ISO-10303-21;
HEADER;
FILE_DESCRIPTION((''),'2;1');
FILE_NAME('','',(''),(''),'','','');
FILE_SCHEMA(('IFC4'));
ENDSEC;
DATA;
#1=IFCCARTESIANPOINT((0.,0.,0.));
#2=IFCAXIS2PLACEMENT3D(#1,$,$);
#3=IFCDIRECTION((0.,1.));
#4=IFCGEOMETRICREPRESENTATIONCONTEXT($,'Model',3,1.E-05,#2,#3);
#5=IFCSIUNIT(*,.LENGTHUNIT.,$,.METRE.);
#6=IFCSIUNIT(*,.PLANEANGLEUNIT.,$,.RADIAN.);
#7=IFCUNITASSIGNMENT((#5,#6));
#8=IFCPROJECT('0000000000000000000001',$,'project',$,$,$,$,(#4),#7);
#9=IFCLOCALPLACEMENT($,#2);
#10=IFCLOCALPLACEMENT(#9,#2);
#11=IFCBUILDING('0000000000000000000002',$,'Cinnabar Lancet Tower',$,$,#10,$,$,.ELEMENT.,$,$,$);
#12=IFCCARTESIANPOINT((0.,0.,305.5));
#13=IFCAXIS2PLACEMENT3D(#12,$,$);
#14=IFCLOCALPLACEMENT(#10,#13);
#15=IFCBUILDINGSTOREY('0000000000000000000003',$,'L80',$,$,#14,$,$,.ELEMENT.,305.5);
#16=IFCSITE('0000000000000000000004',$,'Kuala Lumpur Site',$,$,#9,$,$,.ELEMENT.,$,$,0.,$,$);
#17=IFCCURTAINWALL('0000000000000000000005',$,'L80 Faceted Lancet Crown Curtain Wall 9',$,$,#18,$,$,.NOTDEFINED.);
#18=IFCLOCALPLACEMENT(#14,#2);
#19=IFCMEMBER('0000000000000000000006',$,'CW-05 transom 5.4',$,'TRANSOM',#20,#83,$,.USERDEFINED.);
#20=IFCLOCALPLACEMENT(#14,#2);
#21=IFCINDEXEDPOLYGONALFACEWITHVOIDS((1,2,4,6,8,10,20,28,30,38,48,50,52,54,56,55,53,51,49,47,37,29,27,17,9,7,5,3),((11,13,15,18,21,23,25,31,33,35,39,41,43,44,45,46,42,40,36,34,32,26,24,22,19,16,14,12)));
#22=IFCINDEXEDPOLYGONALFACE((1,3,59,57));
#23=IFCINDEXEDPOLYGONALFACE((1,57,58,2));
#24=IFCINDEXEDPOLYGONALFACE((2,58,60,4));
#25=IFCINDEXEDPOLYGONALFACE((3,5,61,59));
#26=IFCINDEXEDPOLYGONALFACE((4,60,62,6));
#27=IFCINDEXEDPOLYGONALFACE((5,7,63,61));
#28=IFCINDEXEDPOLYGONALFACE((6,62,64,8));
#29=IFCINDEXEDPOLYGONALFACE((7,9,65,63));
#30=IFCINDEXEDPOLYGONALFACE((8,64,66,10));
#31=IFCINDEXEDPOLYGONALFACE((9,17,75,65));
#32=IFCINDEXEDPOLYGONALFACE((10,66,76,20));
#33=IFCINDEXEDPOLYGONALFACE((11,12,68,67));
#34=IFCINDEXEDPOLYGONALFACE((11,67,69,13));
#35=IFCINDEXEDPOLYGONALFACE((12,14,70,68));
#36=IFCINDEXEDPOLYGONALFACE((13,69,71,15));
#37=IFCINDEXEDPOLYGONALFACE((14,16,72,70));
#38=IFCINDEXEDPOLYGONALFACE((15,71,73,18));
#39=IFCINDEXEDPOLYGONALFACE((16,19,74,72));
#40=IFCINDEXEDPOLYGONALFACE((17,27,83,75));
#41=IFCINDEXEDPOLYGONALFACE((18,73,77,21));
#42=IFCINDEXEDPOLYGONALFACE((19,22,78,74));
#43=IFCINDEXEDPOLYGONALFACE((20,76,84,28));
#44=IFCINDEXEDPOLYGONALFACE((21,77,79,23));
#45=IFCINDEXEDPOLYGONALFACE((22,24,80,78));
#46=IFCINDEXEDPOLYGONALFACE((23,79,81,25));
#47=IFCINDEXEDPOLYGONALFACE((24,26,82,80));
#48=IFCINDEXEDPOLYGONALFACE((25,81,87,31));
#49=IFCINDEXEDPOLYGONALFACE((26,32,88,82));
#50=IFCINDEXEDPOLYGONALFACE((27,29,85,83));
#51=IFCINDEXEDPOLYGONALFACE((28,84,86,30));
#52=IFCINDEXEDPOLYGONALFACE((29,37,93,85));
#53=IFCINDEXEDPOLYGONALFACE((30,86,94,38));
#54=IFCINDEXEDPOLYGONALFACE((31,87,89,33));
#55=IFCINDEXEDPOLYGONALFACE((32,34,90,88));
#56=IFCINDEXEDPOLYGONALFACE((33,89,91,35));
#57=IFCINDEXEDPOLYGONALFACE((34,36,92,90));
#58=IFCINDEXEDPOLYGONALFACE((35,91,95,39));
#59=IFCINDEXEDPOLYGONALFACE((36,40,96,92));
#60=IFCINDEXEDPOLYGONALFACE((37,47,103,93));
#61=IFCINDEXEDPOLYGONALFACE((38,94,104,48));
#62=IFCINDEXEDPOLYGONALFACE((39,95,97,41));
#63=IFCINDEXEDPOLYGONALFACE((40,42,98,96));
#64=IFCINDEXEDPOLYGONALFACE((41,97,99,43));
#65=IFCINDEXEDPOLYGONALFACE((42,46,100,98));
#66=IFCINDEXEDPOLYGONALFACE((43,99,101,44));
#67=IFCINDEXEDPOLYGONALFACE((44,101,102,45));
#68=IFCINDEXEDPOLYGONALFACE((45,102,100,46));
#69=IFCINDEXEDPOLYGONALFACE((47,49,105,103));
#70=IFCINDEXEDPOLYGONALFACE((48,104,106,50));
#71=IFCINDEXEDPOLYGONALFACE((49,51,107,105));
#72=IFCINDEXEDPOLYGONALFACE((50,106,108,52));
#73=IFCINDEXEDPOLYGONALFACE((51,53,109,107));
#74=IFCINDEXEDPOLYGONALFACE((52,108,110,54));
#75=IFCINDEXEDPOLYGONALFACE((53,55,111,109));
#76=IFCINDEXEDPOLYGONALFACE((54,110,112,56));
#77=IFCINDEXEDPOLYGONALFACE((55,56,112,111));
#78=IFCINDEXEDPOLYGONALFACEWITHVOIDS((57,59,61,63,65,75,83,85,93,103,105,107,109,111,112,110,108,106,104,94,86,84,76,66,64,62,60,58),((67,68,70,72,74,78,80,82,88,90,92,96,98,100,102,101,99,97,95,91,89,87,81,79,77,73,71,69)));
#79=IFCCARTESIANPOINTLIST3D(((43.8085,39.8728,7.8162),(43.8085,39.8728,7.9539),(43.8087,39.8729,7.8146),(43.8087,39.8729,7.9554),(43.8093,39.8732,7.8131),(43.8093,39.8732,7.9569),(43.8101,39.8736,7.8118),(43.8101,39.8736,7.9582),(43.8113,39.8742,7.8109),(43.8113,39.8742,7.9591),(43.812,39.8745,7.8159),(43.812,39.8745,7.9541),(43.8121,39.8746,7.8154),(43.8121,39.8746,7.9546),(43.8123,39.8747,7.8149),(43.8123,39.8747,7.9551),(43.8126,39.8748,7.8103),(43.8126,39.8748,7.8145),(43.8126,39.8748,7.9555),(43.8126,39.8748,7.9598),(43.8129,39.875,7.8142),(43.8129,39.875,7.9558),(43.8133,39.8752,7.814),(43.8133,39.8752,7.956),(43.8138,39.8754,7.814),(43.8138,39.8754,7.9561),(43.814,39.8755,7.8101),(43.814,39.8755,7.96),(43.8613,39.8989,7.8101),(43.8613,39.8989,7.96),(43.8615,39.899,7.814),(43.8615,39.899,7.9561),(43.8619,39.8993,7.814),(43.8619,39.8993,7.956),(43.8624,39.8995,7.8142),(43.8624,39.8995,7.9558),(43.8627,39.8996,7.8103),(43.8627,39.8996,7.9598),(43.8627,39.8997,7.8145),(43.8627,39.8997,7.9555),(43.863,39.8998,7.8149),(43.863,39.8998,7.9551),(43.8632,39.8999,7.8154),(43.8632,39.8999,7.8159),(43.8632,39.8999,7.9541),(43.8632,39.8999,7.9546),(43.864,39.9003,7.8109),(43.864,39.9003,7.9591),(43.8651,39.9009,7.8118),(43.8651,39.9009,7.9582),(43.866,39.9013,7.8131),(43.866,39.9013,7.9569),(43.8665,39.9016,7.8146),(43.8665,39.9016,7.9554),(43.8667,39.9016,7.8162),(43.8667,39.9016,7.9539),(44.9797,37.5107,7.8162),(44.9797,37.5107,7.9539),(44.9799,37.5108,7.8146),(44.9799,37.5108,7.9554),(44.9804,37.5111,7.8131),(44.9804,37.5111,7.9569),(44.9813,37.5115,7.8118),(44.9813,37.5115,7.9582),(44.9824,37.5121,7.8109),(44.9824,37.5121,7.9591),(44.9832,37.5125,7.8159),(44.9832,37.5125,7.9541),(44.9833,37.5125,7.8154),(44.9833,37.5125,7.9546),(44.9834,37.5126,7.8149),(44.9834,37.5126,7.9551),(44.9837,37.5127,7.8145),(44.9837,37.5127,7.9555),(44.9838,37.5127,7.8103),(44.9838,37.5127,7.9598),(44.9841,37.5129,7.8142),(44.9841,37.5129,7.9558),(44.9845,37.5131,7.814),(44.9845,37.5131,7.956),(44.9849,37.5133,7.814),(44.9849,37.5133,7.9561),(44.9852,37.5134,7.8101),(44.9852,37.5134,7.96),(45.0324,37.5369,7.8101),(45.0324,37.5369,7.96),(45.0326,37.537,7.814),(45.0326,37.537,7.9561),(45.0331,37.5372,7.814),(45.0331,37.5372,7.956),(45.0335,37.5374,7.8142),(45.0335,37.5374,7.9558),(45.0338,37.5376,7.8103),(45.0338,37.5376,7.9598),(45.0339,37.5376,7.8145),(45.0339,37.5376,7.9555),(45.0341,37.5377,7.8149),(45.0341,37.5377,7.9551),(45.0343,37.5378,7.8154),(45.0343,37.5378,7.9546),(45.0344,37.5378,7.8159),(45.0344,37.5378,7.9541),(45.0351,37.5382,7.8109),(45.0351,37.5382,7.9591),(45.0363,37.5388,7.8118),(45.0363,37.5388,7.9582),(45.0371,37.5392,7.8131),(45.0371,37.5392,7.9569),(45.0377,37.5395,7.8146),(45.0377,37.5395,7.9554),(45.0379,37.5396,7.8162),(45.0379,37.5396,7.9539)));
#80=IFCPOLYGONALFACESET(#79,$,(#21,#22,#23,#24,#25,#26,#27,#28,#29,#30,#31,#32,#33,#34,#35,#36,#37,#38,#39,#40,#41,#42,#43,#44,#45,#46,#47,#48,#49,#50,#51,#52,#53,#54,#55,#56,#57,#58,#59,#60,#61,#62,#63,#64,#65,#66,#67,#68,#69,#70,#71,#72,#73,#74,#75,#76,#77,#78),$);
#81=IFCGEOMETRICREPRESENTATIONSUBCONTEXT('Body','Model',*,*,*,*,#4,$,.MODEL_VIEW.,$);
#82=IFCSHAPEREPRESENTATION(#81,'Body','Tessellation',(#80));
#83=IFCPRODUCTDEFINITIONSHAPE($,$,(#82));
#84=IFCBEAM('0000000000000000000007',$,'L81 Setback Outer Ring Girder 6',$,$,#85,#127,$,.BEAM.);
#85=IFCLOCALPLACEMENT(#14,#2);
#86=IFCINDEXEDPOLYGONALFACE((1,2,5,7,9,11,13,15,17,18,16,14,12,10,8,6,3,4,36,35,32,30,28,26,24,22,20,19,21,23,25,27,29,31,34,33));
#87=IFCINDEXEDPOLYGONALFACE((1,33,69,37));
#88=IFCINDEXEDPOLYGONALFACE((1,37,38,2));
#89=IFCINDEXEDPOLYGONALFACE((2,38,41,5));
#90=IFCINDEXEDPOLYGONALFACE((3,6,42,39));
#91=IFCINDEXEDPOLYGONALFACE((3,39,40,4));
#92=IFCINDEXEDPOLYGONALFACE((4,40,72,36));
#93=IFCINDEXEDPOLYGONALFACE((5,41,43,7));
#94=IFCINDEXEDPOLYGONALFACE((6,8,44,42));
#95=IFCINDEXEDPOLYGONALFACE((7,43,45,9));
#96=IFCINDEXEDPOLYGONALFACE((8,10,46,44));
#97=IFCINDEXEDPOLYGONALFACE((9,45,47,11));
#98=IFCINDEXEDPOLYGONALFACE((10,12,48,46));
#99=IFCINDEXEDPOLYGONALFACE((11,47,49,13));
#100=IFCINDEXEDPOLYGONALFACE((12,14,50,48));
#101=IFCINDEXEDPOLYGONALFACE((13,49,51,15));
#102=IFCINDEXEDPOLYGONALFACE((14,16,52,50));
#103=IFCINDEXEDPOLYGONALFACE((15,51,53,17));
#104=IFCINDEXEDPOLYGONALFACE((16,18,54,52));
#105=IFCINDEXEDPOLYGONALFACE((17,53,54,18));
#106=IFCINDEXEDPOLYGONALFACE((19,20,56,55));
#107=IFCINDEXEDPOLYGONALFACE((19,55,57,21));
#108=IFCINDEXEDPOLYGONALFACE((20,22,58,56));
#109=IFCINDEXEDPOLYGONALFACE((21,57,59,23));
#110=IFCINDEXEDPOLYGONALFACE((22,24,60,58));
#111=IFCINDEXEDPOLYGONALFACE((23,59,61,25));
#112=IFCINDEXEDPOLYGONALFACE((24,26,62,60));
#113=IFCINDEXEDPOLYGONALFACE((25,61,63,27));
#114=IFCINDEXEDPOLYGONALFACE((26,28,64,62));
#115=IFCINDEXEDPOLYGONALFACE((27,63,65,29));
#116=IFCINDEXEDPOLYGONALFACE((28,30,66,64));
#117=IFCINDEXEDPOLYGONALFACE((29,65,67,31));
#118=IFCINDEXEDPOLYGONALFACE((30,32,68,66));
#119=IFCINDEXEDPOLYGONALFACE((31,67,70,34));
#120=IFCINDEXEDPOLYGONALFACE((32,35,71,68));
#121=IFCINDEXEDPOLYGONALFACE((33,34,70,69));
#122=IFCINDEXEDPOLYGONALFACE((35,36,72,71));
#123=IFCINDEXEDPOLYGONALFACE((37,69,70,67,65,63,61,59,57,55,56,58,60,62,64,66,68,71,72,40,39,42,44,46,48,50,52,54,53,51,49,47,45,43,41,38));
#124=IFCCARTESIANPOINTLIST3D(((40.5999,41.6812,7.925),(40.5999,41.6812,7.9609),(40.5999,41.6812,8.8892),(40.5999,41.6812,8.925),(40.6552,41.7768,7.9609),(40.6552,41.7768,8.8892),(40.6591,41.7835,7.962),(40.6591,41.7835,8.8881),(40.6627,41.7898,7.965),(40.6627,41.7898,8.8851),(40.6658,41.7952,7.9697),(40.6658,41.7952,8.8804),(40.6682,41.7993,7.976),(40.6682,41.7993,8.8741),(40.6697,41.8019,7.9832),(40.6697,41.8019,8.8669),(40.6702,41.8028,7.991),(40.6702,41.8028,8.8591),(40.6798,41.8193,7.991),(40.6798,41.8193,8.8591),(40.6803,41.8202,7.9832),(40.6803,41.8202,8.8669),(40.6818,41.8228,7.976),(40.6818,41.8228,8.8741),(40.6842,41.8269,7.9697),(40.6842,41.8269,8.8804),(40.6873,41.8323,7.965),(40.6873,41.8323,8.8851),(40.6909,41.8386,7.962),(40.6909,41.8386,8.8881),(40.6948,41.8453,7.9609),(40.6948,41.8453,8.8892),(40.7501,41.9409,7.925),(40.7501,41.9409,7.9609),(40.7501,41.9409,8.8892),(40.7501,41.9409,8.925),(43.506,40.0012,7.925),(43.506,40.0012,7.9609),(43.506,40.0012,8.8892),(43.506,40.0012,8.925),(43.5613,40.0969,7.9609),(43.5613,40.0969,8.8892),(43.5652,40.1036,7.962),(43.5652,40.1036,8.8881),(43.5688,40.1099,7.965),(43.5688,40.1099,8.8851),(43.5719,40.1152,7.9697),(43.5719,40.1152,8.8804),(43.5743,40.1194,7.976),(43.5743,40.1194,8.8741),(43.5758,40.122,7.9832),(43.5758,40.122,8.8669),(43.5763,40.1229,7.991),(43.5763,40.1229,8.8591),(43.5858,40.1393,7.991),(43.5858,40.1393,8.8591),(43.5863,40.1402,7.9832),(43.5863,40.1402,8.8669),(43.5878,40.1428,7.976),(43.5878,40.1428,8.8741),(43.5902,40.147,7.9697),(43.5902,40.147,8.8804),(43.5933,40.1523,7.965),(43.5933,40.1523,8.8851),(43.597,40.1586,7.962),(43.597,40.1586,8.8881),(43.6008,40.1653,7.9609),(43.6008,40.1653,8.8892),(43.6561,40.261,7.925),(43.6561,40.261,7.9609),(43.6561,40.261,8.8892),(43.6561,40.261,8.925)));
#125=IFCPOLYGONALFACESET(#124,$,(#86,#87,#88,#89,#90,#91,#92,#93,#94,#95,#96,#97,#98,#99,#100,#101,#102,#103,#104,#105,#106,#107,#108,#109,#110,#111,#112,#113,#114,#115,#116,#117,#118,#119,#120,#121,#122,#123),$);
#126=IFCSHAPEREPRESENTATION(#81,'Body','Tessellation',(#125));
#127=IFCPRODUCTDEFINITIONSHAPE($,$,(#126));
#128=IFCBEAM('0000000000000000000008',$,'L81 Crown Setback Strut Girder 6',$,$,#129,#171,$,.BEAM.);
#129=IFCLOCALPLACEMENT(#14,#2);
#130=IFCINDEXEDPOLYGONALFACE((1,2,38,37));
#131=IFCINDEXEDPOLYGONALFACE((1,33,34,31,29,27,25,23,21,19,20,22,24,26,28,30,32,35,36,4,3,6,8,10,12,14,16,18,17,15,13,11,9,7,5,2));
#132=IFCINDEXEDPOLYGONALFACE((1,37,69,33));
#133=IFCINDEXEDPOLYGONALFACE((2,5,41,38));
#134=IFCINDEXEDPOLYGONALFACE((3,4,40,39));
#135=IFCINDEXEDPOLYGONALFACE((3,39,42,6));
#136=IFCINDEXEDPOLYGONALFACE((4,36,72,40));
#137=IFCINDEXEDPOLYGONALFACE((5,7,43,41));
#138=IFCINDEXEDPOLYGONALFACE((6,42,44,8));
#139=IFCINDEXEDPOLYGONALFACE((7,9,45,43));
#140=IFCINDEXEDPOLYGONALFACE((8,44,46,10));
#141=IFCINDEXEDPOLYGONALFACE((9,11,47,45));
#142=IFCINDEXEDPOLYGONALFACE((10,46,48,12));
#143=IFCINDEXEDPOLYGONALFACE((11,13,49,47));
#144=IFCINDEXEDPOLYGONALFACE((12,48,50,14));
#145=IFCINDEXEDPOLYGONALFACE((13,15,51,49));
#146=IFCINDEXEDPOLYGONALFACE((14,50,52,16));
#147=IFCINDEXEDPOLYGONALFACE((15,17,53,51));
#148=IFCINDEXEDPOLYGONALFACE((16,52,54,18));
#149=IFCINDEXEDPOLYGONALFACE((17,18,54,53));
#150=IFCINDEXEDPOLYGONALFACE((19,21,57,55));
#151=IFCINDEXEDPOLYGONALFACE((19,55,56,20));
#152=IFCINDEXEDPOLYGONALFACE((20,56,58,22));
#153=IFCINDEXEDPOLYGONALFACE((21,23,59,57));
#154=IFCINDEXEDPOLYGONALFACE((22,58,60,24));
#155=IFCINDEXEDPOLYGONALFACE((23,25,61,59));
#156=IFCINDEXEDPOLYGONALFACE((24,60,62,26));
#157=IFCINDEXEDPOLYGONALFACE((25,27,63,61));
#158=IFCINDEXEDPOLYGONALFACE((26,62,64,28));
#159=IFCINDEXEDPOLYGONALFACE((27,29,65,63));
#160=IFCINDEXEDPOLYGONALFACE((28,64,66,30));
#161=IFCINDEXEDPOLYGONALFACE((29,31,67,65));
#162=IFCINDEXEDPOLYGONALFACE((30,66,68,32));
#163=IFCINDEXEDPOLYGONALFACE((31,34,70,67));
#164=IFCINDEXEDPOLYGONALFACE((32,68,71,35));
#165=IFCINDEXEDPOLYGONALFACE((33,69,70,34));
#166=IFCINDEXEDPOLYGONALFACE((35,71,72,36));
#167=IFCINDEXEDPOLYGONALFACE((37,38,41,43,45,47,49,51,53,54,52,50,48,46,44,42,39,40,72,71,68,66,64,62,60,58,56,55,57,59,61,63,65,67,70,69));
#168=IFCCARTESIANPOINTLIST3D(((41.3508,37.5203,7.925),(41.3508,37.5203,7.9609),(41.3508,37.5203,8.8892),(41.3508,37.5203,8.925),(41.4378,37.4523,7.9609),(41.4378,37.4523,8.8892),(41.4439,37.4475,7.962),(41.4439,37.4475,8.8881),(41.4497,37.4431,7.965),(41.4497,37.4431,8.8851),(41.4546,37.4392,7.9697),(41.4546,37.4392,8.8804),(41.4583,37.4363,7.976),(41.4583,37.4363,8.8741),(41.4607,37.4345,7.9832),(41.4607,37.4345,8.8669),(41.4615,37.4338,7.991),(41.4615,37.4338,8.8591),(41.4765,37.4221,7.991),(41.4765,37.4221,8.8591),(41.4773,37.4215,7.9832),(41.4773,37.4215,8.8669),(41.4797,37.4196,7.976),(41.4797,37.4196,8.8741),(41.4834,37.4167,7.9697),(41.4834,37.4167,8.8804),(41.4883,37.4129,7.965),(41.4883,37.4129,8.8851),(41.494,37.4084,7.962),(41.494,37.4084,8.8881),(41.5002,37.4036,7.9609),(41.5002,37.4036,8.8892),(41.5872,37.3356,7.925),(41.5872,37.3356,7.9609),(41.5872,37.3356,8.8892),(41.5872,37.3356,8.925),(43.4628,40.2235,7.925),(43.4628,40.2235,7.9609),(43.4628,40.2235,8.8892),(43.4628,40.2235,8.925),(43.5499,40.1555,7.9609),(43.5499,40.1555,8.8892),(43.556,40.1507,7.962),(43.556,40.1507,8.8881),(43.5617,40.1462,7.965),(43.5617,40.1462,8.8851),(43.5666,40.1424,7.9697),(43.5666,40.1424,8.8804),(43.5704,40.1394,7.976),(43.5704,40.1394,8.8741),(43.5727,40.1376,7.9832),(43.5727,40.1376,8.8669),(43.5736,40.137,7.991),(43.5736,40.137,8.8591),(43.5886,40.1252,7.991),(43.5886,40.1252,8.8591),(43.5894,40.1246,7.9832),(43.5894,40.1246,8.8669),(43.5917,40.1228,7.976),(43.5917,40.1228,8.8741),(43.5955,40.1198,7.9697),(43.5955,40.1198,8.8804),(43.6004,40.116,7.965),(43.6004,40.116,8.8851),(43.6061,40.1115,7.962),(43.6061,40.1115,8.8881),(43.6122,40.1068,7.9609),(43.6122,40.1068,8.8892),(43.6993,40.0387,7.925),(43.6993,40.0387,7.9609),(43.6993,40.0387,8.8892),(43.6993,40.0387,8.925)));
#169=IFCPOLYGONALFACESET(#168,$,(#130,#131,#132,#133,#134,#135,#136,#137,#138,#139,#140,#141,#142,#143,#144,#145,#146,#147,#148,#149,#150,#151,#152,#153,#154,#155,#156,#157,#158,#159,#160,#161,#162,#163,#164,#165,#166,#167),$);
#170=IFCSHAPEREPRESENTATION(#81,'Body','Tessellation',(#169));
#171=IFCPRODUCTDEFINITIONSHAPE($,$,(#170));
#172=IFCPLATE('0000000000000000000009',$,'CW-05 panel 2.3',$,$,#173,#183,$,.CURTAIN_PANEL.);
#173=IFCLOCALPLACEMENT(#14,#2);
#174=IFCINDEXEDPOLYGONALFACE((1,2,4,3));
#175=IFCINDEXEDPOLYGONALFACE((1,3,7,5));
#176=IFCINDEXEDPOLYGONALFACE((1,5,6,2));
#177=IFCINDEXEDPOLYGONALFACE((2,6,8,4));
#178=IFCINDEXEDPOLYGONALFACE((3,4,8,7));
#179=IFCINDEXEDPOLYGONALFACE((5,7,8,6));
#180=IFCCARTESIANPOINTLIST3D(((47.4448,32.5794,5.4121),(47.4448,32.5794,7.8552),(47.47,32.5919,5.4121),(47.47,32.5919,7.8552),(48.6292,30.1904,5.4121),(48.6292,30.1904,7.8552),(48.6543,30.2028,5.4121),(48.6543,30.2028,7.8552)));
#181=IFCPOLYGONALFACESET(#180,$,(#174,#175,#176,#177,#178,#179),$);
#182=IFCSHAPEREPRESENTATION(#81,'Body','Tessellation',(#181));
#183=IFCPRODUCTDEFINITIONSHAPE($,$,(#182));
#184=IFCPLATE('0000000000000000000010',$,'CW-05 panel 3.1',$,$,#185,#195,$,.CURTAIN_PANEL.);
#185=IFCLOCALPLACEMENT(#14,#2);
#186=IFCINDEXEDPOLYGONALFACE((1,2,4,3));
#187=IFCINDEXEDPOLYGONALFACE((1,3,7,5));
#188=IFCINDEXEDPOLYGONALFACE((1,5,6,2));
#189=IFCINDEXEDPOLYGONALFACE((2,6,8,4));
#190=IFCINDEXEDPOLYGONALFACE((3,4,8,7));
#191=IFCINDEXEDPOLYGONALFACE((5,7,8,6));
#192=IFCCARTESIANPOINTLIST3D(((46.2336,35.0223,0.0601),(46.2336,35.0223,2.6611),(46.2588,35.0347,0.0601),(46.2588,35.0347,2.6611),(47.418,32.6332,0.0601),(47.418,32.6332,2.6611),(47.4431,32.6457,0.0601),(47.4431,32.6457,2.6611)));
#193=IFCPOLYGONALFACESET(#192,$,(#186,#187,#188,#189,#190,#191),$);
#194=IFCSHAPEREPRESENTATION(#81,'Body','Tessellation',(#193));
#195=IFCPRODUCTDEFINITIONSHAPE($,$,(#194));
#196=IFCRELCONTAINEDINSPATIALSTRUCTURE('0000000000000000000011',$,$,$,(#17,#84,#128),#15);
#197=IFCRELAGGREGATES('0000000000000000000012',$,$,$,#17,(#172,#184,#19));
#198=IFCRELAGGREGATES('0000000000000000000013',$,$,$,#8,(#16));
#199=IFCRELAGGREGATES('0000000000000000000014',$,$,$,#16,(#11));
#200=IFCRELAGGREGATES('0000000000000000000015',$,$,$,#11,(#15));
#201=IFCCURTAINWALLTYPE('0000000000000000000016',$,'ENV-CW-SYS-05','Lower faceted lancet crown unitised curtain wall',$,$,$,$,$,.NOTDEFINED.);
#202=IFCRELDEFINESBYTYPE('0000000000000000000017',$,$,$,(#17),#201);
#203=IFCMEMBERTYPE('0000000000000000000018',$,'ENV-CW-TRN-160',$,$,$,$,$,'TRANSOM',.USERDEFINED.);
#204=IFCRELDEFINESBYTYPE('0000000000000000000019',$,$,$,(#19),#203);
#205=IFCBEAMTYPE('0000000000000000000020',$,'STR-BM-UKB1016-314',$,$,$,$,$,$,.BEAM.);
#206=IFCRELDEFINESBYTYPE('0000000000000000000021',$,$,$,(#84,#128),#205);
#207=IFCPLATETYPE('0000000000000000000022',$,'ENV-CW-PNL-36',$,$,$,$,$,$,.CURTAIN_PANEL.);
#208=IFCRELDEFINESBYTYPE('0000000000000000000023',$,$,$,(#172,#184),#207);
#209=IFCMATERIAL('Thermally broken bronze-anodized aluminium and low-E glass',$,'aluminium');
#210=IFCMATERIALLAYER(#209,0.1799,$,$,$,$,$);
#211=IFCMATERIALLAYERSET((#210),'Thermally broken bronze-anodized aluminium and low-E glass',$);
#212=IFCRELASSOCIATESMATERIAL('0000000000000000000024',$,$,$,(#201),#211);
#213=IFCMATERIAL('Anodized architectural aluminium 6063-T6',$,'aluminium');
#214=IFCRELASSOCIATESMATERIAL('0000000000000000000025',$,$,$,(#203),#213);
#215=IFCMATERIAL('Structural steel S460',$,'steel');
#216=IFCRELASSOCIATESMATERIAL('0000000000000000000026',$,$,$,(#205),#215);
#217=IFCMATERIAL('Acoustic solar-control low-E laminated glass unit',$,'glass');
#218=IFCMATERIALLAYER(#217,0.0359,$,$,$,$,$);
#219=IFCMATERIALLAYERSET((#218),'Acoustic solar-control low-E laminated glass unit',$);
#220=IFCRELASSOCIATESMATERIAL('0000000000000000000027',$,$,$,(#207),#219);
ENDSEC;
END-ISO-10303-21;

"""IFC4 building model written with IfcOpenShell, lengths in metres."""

from ifc_helpers import new_model, si_unit, direction, frame, origin, origin_2d, place, context, subcontext, project, spatial, rectangle, hollow_rectangle, i_section, extrude, material, layer, layer_set, material_profile, profile_set, type_object, element, aggregate, save


model = new_model("IFC4")

# Units and contexts
model_context = context("Model", 3, precision=1e-05, world=origin(), true_north=direction((0.0, 1.0)))
body_context = subcontext(model_context, "Body", "Model", "MODEL_VIEW")
ifc_project = project(units=[si_unit("LENGTHUNIT", "METRE"), si_unit("PLANEANGLEUNIT", "RADIAN")], contexts=[model_context])

# Site, building, storey
site_placement = place(None, origin())
site = spatial("IfcSite", under=ifc_project, at=site_placement, Name="Kuala Lumpur Site", CompositionType="ELEMENT", RefElevation=0.0)
building_placement = place(site_placement, origin())
building = spatial("IfcBuilding", under=site, at=building_placement, Name="Cinnabar Lancet Tower", CompositionType="ELEMENT")
storey_placement = place(building_placement, frame((0.0, 0.0, 305.5)))
storey = spatial("IfcBuildingStorey", under=building, at=storey_placement, Name="L80", CompositionType="ELEMENT", Elevation=305.5)

# Curtain wall
ifc_material_1 = material(Name="Thermally broken bronze-anodized aluminium and low-E glass", Category="aluminium")
ifc_layer_1 = layer(ifc_material_1, 0.1799)
ifc_layer_set_1 = layer_set([ifc_layer_1], Name="Thermally broken bronze-anodized aluminium and low-E glass")
curtain_wall_type = type_object("IfcCurtainWallType", Name="ENV-CW-SYS-05", Description="Lower faceted lancet crown unitised curtain wall", PredefinedType="NOTDEFINED", material=ifc_layer_set_1)
curtain_wall_1_placement = place(storey_placement, origin())
curtain_wall_1 = element("IfcCurtainWall", 1, at=curtain_wall_1_placement, inside=storey, type_object=curtain_wall_type, Name="L80 Faceted Lancet Crown Curtain Wall 9", PredefinedType="NOTDEFINED")

# Member
ifc_material_2 = material(Name="Anodized architectural aluminium 6063-T6", Category="aluminium")
ifc_material_profile_1 = material_profile(ifc_material_2, hollow_rectangle(XDim=0.0649, YDim=0.1499, WallThickness=0.0039, InnerFilletRadius=0.002, OuterFilletRadius=0.0061, at=origin_2d()), Name="CW-TRN 150x65x4")
ifc_profile_set_1 = profile_set([ifc_material_profile_1], Name="Anodized architectural aluminium 6063-T6")
member_type_1 = type_object("IfcMemberType", Name="ENV-CW-TRN-160", ElementType="TRANSOM", PredefinedType="USERDEFINED", material=ifc_profile_set_1)
member_1_placement = place(storey_placement, frame((45.0088, 37.5251, 7.885), z_axis=(-0.444211, 0.895922, 0.0), x_axis=(-0.895922, -0.444211, 0.0)))
member_1 = element("IfcMember", 2, at=member_1_placement, type_object=member_type_1, Name="CW-05 transom 5.4", ObjectType="TRANSOM", PredefinedType="USERDEFINED", context=body_context, shape_type="SweptSolid", body=[
    extrude(hollow_rectangle(XDim=0.0649, YDim=0.1499, WallThickness=0.0039, InnerFilletRadius=0.002, OuterFilletRadius=0.0061, at=origin_2d()), origin(), (0.0, 0.0, 1.0), 2.6365),
])

# Beams
ifc_material_3 = material(Name="Structural steel S460", Category="steel")
ifc_material_profile_2 = material_profile(ifc_material_3, i_section(OverallWidth=0.3, OverallDepth=1.0, WebThickness=0.019, FlangeThickness=0.0359, FilletRadius=0.03, at=origin_2d()), Name="UKB 1016x305x314")
ifc_profile_set_2 = profile_set([ifc_material_profile_2], Name="Structural steel S460")
beam_type = type_object("IfcBeamType", Name="STR-BM-UKB1016-314", PredefinedType="BEAM", material=ifc_profile_set_2)
beam_1_placement = place(storey_placement, frame((43.5811, 40.1311, 8.425), z_axis=(-0.865748, 0.50048, 0.0), x_axis=(-0.50048, -0.865748, 0.0)))
element("IfcBeam", 3, at=beam_1_placement, inside=storey, type_object=beam_type, Name="L81 Setback Outer Ring Girder 6", PredefinedType="BEAM", context=body_context, shape_type="SweptSolid", body=[
    extrude(i_section(OverallWidth=0.3, OverallDepth=1.0, WebThickness=0.019, FlangeThickness=0.0359, FilletRadius=0.03, at=origin_2d()), origin(), (0.0, 0.0, 1.0), 3.3567),
])
beam_2_placement = place(storey_placement, frame((43.5811, 40.1311, 8.425), z_axis=(-0.615688, -0.78799, 0.0), x_axis=(0.78799, -0.615688, 0.0)))
element("IfcBeam", 4, at=beam_2_placement, inside=storey, type_object=beam_type, Name="L81 Crown Setback Strut Girder 6", PredefinedType="BEAM", context=body_context, shape_type="SweptSolid", body=[
    extrude(i_section(OverallWidth=0.3, OverallDepth=1.0, WebThickness=0.019, FlangeThickness=0.0359, FilletRadius=0.03, at=origin_2d()), origin(), (0.0, 0.0, 1.0), 3.4304),
])

# Plates
ifc_material_4 = material(Name="Acoustic solar-control low-E laminated glass unit", Category="glass")
ifc_layer_2 = layer(ifc_material_4, 0.0359)
ifc_layer_set_2 = layer_set([ifc_layer_2], Name="Acoustic solar-control low-E laminated glass unit")
plate_type_1 = type_object("IfcPlateType", Name="ENV-CW-PNL-36", PredefinedType="CURTAIN_PANEL", material=ifc_layer_set_2)
plate_1_placement = place(storey_placement, frame((48.0496, 31.3911, 5.4121), z_axis=(0.0, 0.0, 1.0), x_axis=(-0.444159, 0.895948, 0.0)))
plate_1 = element("IfcPlate", 5, at=plate_1_placement, type_object=plate_type_1, Name="CW-05 panel 2.3", PredefinedType="CURTAIN_PANEL", context=body_context, shape_type="SweptSolid", body=[
    extrude(rectangle(XDim=2.6665, YDim=0.0281, at=origin_2d()), origin(), (0.0, 0.0, 1.0), 2.4431),
])
plate_2_placement = place(storey_placement, frame((46.8384, 33.834, 0.0601), z_axis=(0.0, 0.0, 1.0), x_axis=(-0.444159, 0.895948, 0.0)))
plate_2 = element("IfcPlate", 6, at=plate_2_placement, type_object=plate_type_1, Name="CW-05 panel 3.1", PredefinedType="CURTAIN_PANEL", context=body_context, shape_type="SweptSolid", body=[
    extrude(rectangle(XDim=2.6665, YDim=0.0281, at=origin_2d()), origin(), (0.0, 0.0, 1.0), 2.6011),
])
aggregate(curtain_wall_1, [plate_1, plate_2, member_1])

save(model, "model.ifc")
